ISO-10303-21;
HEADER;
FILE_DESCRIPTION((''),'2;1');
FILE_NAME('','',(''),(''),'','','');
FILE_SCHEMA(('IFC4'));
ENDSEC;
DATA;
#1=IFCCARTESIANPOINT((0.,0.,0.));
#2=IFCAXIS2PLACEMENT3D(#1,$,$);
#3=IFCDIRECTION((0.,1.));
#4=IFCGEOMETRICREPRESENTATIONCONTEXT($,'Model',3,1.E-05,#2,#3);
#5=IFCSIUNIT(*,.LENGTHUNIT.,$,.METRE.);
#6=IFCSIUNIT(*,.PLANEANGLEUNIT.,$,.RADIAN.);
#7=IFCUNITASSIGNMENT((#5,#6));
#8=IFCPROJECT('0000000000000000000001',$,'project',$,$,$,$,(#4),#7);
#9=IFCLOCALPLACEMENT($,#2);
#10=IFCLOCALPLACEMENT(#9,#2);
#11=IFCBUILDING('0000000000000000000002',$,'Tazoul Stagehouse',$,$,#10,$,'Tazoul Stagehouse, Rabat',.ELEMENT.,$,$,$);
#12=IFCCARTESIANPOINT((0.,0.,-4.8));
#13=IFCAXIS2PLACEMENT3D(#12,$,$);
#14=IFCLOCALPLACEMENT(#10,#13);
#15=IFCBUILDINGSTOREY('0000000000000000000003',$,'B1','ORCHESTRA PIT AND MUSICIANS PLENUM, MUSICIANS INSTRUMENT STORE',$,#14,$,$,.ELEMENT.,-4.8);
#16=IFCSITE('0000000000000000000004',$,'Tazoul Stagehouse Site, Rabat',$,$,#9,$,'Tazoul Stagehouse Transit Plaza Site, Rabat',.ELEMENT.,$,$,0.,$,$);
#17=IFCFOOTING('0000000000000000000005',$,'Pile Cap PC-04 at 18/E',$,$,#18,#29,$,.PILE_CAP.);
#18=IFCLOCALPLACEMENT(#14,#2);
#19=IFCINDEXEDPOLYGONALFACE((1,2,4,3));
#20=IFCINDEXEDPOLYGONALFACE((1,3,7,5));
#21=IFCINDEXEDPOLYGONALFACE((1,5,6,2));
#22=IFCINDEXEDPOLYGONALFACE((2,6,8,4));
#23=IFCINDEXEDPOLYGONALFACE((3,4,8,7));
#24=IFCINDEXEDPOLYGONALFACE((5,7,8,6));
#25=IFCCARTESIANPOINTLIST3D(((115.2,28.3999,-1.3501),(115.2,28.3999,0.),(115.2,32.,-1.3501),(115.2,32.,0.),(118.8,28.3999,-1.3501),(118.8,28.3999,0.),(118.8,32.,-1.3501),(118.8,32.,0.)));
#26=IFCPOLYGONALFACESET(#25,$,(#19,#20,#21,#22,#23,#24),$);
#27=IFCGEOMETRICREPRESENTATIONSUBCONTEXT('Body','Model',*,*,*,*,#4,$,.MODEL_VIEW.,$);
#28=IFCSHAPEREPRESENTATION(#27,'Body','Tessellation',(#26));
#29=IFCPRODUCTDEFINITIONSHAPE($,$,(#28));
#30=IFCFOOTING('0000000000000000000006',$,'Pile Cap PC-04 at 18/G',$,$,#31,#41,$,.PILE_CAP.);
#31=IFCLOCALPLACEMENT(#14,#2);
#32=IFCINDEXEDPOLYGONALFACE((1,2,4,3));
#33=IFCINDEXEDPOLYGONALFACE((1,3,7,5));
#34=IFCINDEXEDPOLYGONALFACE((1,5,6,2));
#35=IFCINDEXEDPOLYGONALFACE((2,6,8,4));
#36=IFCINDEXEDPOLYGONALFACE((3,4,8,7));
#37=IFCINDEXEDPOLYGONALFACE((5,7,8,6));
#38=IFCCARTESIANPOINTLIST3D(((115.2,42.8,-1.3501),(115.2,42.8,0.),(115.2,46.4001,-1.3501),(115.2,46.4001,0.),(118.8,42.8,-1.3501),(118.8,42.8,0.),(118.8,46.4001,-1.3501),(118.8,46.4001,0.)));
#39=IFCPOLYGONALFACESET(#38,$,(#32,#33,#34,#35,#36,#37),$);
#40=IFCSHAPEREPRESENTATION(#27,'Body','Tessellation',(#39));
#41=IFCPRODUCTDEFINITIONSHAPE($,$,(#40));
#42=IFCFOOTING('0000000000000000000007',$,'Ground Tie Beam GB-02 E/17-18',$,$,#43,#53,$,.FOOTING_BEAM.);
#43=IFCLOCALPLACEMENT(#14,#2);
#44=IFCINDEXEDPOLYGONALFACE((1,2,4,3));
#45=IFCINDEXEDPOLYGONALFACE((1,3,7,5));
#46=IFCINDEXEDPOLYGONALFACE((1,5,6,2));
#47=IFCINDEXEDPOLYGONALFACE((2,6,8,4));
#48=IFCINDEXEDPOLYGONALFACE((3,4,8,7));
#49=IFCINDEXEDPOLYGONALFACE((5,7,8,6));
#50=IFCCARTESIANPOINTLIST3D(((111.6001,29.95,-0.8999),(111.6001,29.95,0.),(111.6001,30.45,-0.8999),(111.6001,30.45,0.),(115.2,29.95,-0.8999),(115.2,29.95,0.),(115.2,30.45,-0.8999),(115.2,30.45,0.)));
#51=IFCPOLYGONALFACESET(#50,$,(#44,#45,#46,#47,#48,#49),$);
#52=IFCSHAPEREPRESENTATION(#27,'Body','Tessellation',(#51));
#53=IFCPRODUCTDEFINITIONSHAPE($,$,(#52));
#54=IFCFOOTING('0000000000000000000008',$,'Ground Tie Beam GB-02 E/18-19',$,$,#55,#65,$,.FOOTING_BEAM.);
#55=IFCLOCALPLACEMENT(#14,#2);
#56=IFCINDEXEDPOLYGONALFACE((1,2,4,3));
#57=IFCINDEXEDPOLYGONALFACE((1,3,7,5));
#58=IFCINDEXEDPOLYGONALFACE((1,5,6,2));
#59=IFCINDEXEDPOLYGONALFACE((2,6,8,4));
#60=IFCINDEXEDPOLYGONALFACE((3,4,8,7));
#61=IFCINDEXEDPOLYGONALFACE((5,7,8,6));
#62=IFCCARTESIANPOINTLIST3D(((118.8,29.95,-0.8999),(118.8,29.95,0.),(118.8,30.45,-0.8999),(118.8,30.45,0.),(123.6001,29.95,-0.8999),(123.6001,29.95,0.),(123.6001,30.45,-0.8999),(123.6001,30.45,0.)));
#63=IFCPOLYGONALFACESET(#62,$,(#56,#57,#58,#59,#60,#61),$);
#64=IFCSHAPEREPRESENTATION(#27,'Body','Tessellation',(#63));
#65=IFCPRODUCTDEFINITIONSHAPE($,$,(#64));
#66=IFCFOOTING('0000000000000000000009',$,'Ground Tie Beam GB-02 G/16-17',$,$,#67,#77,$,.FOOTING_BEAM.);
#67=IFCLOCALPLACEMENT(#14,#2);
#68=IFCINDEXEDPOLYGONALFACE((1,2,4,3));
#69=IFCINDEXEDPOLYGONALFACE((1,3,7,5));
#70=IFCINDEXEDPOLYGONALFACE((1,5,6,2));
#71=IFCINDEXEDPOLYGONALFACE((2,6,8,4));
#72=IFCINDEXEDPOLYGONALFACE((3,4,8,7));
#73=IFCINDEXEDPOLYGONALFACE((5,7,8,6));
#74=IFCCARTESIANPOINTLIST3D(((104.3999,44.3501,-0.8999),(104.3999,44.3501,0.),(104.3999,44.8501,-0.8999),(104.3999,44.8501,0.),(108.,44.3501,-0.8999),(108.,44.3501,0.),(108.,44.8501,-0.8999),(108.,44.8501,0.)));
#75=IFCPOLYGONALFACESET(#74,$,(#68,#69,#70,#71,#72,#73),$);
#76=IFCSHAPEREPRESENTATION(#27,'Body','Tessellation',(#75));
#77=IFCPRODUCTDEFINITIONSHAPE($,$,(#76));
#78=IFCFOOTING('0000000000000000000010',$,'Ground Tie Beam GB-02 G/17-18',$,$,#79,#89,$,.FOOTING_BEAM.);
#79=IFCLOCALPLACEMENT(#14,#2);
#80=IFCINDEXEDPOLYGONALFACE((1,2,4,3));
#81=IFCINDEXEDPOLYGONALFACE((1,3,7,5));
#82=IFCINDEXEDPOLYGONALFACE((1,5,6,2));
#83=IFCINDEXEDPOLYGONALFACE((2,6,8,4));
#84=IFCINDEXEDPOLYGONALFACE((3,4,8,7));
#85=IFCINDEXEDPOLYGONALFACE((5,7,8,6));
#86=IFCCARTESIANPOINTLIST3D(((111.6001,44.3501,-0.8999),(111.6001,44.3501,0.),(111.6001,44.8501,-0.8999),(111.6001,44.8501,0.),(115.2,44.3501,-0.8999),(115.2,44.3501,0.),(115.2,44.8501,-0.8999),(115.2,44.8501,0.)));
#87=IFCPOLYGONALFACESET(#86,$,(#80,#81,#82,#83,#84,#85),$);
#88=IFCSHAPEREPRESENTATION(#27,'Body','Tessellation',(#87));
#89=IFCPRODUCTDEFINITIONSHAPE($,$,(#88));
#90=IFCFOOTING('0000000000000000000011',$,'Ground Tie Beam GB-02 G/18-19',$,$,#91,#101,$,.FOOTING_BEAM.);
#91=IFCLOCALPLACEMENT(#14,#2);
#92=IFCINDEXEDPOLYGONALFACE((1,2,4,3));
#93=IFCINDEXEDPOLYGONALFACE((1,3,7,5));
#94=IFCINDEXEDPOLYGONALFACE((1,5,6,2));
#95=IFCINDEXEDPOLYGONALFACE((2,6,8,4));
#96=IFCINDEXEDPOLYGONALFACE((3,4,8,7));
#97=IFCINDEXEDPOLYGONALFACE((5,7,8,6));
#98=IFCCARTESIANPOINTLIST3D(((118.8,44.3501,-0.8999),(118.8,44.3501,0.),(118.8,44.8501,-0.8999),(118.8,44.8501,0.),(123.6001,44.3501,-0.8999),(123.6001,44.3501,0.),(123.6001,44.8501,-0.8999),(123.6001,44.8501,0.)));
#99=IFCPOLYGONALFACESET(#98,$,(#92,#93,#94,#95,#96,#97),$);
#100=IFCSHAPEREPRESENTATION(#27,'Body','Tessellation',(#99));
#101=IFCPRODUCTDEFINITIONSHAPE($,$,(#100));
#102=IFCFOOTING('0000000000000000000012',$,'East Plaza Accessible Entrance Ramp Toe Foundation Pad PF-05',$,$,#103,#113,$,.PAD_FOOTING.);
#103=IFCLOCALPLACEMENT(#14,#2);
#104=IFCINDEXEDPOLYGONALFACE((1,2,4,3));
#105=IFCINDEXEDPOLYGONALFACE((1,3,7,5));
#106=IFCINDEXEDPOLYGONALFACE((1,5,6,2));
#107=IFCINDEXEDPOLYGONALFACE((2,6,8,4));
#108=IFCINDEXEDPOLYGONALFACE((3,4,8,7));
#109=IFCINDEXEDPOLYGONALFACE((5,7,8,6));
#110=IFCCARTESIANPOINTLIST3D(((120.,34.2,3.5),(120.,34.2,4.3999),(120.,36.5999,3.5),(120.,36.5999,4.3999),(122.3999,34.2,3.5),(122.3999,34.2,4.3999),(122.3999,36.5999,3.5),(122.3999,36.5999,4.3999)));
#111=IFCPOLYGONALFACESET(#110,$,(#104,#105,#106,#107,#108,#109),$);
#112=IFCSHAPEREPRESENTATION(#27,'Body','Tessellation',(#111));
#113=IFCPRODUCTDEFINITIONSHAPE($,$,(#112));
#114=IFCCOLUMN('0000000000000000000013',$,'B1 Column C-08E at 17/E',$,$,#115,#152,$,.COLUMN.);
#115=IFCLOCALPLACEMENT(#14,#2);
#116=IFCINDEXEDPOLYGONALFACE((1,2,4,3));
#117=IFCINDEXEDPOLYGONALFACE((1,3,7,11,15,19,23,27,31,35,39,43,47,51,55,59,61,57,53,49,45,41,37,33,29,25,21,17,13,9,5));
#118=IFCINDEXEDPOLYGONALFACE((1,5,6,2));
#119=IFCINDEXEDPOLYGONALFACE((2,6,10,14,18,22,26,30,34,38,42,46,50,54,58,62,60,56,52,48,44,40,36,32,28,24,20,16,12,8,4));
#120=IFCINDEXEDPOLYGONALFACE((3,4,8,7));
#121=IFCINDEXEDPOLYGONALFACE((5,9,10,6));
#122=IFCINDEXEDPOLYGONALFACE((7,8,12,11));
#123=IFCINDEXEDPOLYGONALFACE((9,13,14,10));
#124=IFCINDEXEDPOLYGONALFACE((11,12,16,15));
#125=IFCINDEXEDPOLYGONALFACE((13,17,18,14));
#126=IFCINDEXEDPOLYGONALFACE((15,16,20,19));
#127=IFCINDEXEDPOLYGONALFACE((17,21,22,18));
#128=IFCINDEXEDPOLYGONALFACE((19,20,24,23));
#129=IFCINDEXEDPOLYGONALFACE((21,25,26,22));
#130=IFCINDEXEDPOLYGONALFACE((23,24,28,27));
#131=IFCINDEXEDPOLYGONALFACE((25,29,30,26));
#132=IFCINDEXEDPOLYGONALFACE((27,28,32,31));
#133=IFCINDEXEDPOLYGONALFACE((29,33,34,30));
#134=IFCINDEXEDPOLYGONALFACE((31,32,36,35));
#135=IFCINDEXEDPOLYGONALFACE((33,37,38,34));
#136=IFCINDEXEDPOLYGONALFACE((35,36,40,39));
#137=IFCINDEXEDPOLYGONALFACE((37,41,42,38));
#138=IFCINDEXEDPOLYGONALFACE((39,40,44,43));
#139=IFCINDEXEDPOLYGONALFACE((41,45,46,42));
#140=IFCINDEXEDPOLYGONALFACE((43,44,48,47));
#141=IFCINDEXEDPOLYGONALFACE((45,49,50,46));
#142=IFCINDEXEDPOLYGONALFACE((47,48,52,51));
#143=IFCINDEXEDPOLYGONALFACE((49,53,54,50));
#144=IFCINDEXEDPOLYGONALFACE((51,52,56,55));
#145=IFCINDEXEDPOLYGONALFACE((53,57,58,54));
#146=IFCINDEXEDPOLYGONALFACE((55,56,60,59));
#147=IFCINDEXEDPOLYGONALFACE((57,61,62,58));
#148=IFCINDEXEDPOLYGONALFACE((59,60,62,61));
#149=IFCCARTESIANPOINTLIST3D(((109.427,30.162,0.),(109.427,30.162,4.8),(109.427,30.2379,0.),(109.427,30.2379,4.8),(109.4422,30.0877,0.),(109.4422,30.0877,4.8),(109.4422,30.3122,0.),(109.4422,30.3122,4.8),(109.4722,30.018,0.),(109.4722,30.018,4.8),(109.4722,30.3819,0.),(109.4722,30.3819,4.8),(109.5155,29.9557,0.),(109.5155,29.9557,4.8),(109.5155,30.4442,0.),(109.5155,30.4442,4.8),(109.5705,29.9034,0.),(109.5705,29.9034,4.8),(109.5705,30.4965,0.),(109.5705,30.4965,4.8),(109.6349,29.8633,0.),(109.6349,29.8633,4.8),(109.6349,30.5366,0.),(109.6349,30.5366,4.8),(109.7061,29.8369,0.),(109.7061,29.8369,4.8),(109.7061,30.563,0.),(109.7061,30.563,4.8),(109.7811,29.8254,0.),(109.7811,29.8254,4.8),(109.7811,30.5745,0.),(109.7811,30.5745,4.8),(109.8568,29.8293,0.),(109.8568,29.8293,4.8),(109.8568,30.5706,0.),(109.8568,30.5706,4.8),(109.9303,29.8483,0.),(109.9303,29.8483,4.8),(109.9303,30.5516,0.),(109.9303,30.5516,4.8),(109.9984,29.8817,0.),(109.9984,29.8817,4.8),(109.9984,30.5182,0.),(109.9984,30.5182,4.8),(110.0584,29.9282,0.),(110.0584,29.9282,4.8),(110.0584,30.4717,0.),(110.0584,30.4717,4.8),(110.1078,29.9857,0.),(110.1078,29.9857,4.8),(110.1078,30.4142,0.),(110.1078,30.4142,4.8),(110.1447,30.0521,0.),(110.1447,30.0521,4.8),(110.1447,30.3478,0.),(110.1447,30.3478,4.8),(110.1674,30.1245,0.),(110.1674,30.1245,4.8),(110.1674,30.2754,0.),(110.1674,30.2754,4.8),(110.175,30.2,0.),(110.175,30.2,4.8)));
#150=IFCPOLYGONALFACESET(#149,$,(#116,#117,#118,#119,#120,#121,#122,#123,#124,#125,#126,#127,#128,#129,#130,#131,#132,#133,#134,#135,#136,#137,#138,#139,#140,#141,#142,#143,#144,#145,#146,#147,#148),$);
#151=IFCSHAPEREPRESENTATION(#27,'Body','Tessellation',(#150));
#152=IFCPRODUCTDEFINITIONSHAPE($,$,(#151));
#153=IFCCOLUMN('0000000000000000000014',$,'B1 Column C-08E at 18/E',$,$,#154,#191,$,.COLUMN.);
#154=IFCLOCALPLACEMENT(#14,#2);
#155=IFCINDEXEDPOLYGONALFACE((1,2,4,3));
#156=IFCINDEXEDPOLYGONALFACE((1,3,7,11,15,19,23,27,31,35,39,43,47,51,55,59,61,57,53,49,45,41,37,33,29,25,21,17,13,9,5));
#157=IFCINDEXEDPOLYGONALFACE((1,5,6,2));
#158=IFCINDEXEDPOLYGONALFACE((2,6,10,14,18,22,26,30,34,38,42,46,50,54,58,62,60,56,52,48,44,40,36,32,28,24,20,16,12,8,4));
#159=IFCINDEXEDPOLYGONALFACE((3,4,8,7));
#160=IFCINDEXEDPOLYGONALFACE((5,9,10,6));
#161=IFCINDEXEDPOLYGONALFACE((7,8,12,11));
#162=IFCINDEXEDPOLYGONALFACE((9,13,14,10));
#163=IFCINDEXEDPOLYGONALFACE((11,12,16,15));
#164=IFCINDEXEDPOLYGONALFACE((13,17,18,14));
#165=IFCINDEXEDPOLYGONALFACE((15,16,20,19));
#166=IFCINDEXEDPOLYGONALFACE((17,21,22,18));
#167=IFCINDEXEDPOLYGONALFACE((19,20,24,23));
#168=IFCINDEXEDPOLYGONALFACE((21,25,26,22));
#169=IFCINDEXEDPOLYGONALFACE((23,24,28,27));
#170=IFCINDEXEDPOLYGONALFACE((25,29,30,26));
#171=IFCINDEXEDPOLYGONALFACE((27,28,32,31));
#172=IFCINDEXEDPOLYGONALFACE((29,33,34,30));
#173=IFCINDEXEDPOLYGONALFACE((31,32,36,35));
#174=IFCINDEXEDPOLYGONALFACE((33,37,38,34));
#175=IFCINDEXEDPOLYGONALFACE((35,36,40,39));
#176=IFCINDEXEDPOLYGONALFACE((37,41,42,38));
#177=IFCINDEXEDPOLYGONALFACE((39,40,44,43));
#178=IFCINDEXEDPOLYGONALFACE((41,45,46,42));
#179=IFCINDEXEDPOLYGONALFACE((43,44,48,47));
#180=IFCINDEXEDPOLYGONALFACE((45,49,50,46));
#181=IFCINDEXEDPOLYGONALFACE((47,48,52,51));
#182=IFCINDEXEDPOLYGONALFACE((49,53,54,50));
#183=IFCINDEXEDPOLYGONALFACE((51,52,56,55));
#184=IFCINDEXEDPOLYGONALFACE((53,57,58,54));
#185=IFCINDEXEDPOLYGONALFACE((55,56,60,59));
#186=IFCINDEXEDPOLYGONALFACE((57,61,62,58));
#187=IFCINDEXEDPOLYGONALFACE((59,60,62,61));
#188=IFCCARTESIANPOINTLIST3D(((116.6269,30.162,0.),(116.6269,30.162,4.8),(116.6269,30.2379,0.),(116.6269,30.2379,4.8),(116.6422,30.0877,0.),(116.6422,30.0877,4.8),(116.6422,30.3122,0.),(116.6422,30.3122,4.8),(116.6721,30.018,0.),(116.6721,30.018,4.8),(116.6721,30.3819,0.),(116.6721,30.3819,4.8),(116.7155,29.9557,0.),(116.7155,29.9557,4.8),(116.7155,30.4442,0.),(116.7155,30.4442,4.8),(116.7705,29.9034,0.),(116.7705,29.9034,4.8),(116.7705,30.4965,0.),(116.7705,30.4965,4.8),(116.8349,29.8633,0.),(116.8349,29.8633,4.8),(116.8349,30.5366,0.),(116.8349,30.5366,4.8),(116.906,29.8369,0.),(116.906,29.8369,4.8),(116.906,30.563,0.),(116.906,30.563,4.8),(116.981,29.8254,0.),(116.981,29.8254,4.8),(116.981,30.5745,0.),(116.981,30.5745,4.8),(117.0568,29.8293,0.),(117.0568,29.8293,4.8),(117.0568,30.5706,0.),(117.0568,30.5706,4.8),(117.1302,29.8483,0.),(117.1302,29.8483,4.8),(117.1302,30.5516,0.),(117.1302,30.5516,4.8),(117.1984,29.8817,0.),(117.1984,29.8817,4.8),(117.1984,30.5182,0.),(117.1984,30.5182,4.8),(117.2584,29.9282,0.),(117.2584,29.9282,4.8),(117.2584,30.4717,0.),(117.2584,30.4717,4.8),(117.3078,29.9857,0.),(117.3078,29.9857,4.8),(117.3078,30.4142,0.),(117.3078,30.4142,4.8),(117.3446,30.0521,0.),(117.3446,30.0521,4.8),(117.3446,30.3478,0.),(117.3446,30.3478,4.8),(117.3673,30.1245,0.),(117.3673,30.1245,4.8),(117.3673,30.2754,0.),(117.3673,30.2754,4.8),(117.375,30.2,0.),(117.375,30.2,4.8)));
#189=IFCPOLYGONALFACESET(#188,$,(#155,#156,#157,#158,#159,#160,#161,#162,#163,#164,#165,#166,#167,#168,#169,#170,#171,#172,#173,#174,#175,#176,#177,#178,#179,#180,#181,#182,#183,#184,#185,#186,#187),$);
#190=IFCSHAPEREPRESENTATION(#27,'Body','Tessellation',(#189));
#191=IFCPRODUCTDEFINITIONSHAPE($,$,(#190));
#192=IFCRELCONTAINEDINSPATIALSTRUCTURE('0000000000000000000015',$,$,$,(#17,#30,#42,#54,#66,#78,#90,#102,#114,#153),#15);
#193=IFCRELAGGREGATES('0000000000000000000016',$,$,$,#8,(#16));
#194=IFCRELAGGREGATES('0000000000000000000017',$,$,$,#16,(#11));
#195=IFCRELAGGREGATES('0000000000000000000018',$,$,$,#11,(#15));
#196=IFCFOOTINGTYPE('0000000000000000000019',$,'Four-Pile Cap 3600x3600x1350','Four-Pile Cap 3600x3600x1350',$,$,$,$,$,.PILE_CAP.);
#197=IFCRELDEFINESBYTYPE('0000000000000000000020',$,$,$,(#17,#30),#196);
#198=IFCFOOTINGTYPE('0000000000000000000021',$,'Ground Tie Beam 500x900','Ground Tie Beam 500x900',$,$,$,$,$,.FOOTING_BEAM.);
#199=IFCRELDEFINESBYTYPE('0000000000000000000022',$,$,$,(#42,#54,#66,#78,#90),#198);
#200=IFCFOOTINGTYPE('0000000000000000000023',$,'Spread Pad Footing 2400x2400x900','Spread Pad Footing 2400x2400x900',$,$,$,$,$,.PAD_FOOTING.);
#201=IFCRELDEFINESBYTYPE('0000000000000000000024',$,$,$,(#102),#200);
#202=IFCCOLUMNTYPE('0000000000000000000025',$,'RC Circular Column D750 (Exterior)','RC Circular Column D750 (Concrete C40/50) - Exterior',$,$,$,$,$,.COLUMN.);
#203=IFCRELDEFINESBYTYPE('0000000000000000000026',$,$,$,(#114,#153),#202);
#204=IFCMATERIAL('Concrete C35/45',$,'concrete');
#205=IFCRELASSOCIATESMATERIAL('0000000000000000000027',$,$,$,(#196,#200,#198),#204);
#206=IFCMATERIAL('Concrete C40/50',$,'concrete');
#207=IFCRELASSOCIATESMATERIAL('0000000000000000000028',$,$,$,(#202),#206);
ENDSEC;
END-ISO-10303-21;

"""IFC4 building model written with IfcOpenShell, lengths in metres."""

from ifc_helpers import new_model, si_unit, direction, frame, origin, origin_2d, place, context, subcontext, project, spatial, rectangle, circle, extrude, material, material_profile, profile_set, type_object, element, save


model = new_model("IFC4")

# Units and contexts
model_context = context("Model", 3, precision=1e-05, world=origin(), true_north=direction((0.0, 1.0)))
body_context = subcontext(model_context, "Body", "Model", "MODEL_VIEW")
ifc_project = project(units=[si_unit("LENGTHUNIT", "METRE"), si_unit("PLANEANGLEUNIT", "RADIAN")], contexts=[model_context])

# Site, building, storey
site_placement = place(None, origin())
site = spatial("IfcSite", under=ifc_project, at=site_placement, Name="Tazoul Stagehouse Site, Rabat", LongName="Tazoul Stagehouse Transit Plaza Site, Rabat", CompositionType="ELEMENT", RefElevation=0.0)
building_placement = place(site_placement, origin())
building = spatial("IfcBuilding", under=site, at=building_placement, Name="Tazoul Stagehouse", LongName="Tazoul Stagehouse, Rabat", CompositionType="ELEMENT")
storey_placement = place(building_placement, frame((0.0, 0.0, -4.8)))
storey = spatial("IfcBuildingStorey", under=building, at=storey_placement, Name="B1", Description="ORCHESTRA PIT AND MUSICIANS PLENUM, MUSICIANS INSTRUMENT STORE", CompositionType="ELEMENT", Elevation=-4.8)

# Shared definitions
ifc_material_1 = material(Name="Concrete C35/45", Category="concrete")

# Footings
footing_type_1 = type_object("IfcFootingType", Name="Four-Pile Cap 3600x3600x1350", Description="Four-Pile Cap 3600x3600x1350", PredefinedType="PILE_CAP", material=ifc_material_1)
for number, where, z_axis, x_axis, name in (
    (1, (117.0, 30.2, -1.3501), (0.0, 0.0, 1.0), (1.0, 0.0, 0.0), "Pile Cap PC-04 at 18/E"),
    (2, (117.0, 44.6001, -1.3501), (0.0, 0.0, 1.0), (1.0, 0.0, 0.0), "Pile Cap PC-04 at 18/G"),
):
    element("IfcFooting", number, at=place(storey_placement, frame(where, z_axis=z_axis, x_axis=x_axis)), inside=storey, type_object=footing_type_1, Name=name, PredefinedType="PILE_CAP", context=body_context, shape_type="SweptSolid", body=[
        extrude(rectangle(XDim=3.6001, YDim=3.6001, at=origin_2d()), origin(), (0.0, 0.0, 1.0), 1.3501),
    ])
ifc_material_profile_1 = material_profile(ifc_material_1, rectangle(XDim=0.5, YDim=0.8999, at=origin_2d()), Name="RC 500x900")
ifc_profile_set_1 = profile_set([ifc_material_profile_1], Name="Concrete C35/45")
footing_type_2 = type_object("IfcFootingType", Name="Ground Tie Beam 500x900", Description="Ground Tie Beam 500x900", PredefinedType="FOOTING_BEAM", material=ifc_profile_set_1)
footing_1_placement = place(storey_placement, frame((111.6001, 30.2, -0.45), z_axis=(1.0, 0.0, 0.0), x_axis=(0.0, 1.0, 0.0)))
element("IfcFooting", 3, at=footing_1_placement, inside=storey, type_object=footing_type_2, Name="Ground Tie Beam GB-02 E/17-18", PredefinedType="FOOTING_BEAM", context=body_context, shape_type="SweptSolid", body=[
    extrude(rectangle(XDim=0.5, YDim=0.8999, at=origin_2d()), origin(), (0.0, 0.0, 1.0), 3.5999),
])
footing_2_placement = place(storey_placement, frame((118.8, 30.2, -0.45), z_axis=(1.0, 0.0, 0.0), x_axis=(0.0, 1.0, 0.0)))
element("IfcFooting", 4, at=footing_2_placement, inside=storey, type_object=footing_type_2, Name="Ground Tie Beam GB-02 E/18-19", PredefinedType="FOOTING_BEAM", context=body_context, shape_type="SweptSolid", body=[
    extrude(rectangle(XDim=0.5, YDim=0.8999, at=origin_2d()), origin(), (0.0, 0.0, 1.0), 4.8),
])
footing_3_placement = place(storey_placement, frame((104.3999, 44.6001, -0.45), z_axis=(1.0, 0.0, 0.0), x_axis=(0.0, 1.0, 0.0)))
element("IfcFooting", 5, at=footing_3_placement, inside=storey, type_object=footing_type_2, Name="Ground Tie Beam GB-02 G/16-17", PredefinedType="FOOTING_BEAM", context=body_context, shape_type="SweptSolid", body=[
    extrude(rectangle(XDim=0.5, YDim=0.8999, at=origin_2d()), origin(), (0.0, 0.0, 1.0), 3.6001),
])
footing_4_placement = place(storey_placement, frame((111.6001, 44.6001, -0.45), z_axis=(1.0, 0.0, 0.0), x_axis=(0.0, 1.0, 0.0)))
element("IfcFooting", 6, at=footing_4_placement, inside=storey, type_object=footing_type_2, Name="Ground Tie Beam GB-02 G/17-18", PredefinedType="FOOTING_BEAM", context=body_context, shape_type="SweptSolid", body=[
    extrude(rectangle(XDim=0.5, YDim=0.8999, at=origin_2d()), origin(), (0.0, 0.0, 1.0), 3.5999),
])
footing_5_placement = place(storey_placement, frame((118.8, 44.6001, -0.45), z_axis=(1.0, 0.0, 0.0), x_axis=(0.0, 1.0, 0.0)))
element("IfcFooting", 7, at=footing_5_placement, inside=storey, type_object=footing_type_2, Name="Ground Tie Beam GB-02 G/18-19", PredefinedType="FOOTING_BEAM", context=body_context, shape_type="SweptSolid", body=[
    extrude(rectangle(XDim=0.5, YDim=0.8999, at=origin_2d()), origin(), (0.0, 0.0, 1.0), 4.8),
])
footing_type_3 = type_object("IfcFootingType", Name="Spread Pad Footing 2400x2400x900", Description="Spread Pad Footing 2400x2400x900", PredefinedType="PAD_FOOTING", material=ifc_material_1)
footing_6_placement = place(storey_placement, frame((121.2, 35.3999, 3.5), z_axis=(0.0, 0.0, 1.0), x_axis=(1.0, 0.0, 0.0)))
element("IfcFooting", 8, at=footing_6_placement, inside=storey, type_object=footing_type_3, Name="East Plaza Accessible Entrance Ramp Toe Foundation Pad PF-05", PredefinedType="PAD_FOOTING", context=body_context, shape_type="SweptSolid", body=[
    extrude(rectangle(XDim=2.3999, YDim=2.3999, at=origin_2d()), origin(), (0.0, 0.0, 1.0), 0.8999),
])

# Columns
ifc_material_2 = material(Name="Concrete C40/50", Category="concrete")
ifc_material_profile_2 = material_profile(ifc_material_2, circle(Radius=0.375, at=origin_2d()), Name="RC D750")
ifc_profile_set_2 = profile_set([ifc_material_profile_2], Name="Concrete C40/50")
column_type_1 = type_object("IfcColumnType", Name="RC Circular Column D750 (Exterior)", Description="RC Circular Column D750 (Concrete C40/50) - Exterior", PredefinedType="COLUMN", material=ifc_profile_set_2)
for number, where, z_axis, x_axis, name in (
    (9, (109.8, 30.2, 0.0), (0.0, 0.0, 1.0), (1.0, 0.0, 0.0), "B1 Column C-08E at 17/E"),
    (10, (117.0, 30.2, 0.0), (0.0, 0.0, 1.0), (1.0, 0.0, 0.0), "B1 Column C-08E at 18/E"),
):
    element("IfcColumn", number, at=place(storey_placement, frame(where, z_axis=z_axis, x_axis=x_axis)), inside=storey, type_object=column_type_1, Name=name, PredefinedType="COLUMN", context=body_context, shape_type="SweptSolid", body=[
        extrude(circle(Radius=0.375, at=origin_2d()), origin(), (0.0, 0.0, 1.0), 4.8),
    ])

save(model, "model.ifc")
